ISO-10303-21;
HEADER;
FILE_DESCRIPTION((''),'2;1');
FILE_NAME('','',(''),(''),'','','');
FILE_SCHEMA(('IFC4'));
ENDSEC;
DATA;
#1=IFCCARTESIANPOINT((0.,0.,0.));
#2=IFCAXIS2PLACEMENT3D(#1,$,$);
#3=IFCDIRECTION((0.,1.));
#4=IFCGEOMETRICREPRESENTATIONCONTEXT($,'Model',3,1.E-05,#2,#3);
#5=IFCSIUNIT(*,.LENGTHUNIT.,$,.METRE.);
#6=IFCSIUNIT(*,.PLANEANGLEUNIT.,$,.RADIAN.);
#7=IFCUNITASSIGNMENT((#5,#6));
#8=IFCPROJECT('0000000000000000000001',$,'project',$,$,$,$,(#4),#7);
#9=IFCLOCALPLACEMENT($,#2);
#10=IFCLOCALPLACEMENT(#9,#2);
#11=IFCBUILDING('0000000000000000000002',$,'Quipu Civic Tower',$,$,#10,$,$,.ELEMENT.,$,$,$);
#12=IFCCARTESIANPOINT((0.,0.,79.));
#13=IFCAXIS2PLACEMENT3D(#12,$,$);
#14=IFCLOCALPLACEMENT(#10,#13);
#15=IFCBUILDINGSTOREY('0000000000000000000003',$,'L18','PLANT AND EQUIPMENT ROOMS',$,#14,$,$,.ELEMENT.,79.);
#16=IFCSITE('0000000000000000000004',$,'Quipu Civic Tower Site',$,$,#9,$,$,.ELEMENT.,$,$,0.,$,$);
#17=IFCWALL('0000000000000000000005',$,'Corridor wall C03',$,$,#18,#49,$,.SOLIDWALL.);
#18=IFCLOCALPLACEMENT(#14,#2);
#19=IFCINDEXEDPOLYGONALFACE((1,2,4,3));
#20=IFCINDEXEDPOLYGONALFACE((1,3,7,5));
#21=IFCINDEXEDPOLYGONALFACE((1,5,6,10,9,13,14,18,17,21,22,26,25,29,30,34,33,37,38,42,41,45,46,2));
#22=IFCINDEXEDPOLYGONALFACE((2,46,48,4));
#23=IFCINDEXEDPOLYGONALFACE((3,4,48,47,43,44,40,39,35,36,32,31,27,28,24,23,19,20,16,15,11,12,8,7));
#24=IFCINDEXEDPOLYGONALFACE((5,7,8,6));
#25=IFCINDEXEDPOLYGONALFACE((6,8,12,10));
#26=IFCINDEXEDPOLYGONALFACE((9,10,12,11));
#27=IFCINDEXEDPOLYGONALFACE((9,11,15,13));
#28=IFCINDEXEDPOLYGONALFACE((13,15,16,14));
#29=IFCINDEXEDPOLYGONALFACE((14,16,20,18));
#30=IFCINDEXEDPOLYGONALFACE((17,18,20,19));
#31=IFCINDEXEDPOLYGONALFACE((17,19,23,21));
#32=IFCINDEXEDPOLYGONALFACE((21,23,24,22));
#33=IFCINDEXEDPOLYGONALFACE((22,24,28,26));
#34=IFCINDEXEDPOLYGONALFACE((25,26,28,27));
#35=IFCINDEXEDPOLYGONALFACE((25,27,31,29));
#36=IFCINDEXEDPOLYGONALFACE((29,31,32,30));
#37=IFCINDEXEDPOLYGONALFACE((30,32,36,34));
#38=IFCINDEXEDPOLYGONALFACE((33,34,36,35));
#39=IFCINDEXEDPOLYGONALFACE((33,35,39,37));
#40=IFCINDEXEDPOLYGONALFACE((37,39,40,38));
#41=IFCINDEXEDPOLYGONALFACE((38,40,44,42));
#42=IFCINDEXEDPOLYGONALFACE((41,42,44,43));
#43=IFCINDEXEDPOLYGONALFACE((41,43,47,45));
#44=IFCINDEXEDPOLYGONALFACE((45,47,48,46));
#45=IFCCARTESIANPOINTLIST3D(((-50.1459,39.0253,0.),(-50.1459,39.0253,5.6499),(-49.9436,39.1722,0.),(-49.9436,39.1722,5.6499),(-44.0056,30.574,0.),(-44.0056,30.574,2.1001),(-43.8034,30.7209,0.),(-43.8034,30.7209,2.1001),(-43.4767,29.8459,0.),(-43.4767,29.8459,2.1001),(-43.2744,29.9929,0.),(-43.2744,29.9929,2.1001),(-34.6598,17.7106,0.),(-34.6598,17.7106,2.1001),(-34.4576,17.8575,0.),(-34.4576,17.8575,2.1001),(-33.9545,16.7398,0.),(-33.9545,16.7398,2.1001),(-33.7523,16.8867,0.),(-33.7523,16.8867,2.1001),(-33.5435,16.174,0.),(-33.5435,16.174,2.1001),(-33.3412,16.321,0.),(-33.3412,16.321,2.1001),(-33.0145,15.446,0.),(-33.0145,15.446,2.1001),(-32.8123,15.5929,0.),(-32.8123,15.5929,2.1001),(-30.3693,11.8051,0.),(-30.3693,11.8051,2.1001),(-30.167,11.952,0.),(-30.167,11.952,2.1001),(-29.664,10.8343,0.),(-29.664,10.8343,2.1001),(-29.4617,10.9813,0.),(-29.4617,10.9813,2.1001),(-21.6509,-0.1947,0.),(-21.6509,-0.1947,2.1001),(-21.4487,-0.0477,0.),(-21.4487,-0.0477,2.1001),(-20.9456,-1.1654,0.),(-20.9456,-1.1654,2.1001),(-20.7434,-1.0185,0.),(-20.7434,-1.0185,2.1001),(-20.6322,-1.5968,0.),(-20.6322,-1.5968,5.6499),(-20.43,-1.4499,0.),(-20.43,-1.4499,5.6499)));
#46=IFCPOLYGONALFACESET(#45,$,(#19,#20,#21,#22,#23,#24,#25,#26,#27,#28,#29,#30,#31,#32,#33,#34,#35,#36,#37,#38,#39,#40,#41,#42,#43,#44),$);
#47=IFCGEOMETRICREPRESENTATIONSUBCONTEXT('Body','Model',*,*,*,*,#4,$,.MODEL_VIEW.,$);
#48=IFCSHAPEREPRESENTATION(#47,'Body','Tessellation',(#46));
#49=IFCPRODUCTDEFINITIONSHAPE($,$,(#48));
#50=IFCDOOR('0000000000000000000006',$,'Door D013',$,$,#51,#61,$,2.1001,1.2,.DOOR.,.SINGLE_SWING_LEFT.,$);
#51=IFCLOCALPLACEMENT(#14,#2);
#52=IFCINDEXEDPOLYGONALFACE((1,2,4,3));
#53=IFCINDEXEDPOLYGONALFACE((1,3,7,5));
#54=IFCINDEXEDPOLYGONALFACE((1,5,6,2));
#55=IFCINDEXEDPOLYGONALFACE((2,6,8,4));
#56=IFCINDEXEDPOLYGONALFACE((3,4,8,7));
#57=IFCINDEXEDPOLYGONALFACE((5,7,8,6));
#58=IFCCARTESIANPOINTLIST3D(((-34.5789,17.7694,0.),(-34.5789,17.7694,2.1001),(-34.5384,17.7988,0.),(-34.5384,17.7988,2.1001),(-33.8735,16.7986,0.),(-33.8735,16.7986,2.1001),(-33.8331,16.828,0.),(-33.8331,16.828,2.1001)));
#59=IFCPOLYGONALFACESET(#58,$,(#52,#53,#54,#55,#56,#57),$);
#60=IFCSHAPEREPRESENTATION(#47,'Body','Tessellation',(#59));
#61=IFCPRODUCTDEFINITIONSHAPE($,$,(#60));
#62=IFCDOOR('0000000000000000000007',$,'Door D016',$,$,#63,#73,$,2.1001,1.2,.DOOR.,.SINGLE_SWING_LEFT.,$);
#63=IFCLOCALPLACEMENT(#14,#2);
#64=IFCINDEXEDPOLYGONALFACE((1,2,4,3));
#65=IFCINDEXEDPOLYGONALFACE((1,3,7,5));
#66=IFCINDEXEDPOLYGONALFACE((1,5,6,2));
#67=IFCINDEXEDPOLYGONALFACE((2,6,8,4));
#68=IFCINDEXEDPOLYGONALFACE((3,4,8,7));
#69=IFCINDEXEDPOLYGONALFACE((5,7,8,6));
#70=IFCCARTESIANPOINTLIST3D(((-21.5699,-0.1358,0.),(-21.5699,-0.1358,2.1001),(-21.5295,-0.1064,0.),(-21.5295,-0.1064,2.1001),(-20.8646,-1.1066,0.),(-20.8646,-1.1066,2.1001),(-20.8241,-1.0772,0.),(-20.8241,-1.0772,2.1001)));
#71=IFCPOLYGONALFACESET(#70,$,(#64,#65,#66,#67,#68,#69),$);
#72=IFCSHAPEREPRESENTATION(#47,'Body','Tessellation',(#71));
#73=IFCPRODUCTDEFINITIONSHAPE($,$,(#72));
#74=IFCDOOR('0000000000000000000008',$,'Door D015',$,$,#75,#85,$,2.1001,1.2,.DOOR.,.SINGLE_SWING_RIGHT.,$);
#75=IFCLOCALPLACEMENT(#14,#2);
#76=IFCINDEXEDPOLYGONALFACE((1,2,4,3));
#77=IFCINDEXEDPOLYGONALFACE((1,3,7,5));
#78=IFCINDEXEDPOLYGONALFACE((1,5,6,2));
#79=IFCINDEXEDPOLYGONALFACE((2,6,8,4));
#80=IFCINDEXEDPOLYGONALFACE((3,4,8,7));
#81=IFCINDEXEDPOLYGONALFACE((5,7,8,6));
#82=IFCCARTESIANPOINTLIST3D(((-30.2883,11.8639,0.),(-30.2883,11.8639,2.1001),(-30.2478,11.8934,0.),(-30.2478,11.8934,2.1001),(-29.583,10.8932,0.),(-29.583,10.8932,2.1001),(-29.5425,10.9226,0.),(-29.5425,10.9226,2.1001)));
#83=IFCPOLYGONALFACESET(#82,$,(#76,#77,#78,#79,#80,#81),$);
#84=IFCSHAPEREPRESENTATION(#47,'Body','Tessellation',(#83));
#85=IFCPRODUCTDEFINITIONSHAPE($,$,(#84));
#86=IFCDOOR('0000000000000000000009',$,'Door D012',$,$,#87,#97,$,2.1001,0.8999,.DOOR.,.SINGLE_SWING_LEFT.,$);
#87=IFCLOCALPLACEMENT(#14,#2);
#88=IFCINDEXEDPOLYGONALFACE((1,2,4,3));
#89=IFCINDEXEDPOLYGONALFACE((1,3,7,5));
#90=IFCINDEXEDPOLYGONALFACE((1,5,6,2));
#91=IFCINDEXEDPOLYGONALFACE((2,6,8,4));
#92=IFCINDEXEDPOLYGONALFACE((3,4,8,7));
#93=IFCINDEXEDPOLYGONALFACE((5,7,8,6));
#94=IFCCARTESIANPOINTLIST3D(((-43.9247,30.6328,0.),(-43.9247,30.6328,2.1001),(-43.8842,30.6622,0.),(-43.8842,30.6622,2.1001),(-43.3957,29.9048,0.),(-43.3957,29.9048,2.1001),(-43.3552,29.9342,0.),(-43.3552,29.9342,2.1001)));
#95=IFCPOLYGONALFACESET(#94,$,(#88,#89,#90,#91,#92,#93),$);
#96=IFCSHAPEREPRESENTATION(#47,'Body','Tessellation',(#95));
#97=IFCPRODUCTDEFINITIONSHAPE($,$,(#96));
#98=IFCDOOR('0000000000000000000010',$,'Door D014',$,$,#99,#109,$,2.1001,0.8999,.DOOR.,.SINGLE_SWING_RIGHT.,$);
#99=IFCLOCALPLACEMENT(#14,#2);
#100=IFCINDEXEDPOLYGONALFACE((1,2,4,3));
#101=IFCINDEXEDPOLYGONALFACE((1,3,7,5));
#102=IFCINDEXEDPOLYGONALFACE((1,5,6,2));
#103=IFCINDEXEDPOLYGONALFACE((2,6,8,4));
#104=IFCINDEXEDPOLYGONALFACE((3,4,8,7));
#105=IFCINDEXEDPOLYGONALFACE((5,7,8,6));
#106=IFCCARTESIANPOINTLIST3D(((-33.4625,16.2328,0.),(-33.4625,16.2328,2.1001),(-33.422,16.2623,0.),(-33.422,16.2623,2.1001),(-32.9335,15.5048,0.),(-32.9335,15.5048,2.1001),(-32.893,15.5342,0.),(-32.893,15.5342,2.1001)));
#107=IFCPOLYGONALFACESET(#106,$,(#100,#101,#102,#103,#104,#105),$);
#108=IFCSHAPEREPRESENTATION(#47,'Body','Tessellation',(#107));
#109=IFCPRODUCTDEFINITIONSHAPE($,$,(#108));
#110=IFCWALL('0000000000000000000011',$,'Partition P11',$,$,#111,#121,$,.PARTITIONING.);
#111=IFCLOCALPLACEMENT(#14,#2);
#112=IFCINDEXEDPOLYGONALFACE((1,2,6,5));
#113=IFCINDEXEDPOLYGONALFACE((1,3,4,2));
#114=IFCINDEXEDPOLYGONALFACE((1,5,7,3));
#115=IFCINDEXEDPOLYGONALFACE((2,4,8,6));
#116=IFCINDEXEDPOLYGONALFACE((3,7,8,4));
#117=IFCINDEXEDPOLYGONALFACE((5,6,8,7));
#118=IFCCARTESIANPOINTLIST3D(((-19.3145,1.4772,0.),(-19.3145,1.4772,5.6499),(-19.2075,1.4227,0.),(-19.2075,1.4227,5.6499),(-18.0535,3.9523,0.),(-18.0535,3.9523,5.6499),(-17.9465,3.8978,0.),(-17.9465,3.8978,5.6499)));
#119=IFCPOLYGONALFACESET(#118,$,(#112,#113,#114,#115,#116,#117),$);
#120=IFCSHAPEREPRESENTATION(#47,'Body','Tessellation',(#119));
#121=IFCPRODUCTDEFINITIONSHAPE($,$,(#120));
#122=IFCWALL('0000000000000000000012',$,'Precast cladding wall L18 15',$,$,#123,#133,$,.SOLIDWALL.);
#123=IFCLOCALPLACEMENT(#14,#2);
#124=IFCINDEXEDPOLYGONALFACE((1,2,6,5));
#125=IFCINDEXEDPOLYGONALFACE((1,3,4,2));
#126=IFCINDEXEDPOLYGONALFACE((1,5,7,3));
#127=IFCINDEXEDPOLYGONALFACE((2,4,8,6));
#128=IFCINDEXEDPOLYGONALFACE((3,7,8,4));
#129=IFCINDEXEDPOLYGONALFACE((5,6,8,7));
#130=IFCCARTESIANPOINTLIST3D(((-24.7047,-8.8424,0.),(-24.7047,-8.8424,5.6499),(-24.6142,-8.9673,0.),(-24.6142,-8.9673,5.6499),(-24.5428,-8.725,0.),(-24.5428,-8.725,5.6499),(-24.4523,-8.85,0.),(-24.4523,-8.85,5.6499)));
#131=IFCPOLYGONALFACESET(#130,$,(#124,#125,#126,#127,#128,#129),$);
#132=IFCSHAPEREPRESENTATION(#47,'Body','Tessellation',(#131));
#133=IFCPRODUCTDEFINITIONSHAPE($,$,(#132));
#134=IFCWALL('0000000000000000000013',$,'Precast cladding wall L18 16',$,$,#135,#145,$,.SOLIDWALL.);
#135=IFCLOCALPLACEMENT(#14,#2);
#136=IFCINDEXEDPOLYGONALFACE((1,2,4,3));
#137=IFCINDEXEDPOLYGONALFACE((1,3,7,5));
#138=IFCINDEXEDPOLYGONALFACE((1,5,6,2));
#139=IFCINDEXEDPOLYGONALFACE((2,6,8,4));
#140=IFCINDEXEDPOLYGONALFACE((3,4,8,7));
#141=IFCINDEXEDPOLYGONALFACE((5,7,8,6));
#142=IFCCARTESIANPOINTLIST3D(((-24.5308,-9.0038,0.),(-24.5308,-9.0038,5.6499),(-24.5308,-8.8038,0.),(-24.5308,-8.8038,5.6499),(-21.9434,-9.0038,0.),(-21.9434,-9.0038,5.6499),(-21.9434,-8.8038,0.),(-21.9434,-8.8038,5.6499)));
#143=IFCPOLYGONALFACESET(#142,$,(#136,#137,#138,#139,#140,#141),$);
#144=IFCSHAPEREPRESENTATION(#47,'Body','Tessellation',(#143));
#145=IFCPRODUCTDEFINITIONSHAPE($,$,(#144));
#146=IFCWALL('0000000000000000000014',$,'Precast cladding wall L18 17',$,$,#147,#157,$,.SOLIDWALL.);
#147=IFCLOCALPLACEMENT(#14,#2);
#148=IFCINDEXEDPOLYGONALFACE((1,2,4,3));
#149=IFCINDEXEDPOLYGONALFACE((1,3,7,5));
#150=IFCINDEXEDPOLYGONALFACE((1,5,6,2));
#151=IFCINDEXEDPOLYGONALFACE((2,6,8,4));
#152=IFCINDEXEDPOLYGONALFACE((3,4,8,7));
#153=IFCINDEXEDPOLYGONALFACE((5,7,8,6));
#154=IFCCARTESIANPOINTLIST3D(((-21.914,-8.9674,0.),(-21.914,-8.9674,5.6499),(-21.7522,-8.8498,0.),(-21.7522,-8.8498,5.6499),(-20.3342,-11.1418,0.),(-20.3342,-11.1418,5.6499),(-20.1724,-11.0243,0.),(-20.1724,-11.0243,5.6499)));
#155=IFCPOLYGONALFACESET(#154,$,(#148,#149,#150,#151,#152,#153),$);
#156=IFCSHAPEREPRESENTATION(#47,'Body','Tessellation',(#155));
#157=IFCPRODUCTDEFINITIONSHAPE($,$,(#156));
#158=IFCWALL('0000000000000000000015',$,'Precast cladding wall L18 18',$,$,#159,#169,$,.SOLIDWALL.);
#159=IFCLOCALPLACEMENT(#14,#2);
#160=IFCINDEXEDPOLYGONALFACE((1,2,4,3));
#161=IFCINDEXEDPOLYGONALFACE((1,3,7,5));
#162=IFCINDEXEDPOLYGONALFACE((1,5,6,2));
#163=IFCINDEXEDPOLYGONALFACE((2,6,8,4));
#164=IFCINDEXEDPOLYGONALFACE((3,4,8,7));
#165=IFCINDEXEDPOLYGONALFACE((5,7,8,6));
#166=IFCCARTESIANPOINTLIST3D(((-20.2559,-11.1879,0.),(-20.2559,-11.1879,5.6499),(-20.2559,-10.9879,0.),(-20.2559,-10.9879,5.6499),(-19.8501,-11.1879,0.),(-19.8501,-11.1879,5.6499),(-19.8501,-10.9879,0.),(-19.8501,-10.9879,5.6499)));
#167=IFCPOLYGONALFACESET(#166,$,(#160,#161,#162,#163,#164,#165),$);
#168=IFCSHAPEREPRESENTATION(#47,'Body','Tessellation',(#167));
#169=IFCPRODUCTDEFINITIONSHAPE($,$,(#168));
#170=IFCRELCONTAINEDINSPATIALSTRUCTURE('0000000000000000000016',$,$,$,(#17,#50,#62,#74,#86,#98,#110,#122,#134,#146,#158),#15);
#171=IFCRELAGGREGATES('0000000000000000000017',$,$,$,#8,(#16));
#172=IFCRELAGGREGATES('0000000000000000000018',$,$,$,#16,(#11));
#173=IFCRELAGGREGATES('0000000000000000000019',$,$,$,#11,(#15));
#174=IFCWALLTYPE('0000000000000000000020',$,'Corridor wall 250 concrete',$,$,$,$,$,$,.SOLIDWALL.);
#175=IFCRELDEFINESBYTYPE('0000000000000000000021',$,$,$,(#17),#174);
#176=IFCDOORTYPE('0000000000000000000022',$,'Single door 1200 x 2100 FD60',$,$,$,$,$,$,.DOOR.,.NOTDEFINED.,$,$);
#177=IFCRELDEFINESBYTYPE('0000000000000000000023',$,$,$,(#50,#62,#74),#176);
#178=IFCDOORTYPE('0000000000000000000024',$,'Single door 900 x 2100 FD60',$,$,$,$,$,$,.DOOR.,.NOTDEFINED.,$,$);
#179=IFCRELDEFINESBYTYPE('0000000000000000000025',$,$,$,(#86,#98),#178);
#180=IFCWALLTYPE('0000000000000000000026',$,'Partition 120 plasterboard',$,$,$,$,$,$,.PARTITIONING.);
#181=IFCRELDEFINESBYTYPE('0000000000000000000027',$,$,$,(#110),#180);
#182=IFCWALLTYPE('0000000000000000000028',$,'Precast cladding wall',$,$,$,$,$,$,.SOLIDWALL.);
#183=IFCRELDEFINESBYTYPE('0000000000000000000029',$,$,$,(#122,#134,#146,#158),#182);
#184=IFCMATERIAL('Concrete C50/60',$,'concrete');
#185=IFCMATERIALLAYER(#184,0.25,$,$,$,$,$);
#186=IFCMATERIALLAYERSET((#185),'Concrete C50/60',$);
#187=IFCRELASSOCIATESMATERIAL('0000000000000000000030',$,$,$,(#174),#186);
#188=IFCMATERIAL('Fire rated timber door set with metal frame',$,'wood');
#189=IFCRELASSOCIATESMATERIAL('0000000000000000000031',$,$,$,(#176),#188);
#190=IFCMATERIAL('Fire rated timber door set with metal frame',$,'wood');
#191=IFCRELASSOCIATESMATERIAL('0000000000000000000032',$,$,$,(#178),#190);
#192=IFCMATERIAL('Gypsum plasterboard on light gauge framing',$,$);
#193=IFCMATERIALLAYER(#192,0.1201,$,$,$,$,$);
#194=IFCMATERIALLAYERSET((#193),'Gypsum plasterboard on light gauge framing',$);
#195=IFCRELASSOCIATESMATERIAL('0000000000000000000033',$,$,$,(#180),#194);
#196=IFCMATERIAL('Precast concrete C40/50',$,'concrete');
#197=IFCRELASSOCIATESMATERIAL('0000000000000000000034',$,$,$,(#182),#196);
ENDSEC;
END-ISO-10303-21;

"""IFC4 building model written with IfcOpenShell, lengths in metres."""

from ifc_helpers import new_model, si_unit, direction, frame, frame_2d, origin, place, context, subcontext, project, spatial, rectangle, extrude, material, layer, layer_set, type_object, element, fill, save


model = new_model("IFC4")

# Units and contexts
model_context = context("Model", 3, precision=1e-05, world=origin(), true_north=direction((0.0, 1.0)))
body_context = subcontext(model_context, "Body", "Model", "MODEL_VIEW")
ifc_project = project(units=[si_unit("LENGTHUNIT", "METRE"), si_unit("PLANEANGLEUNIT", "RADIAN")], contexts=[model_context])

# Site, building, storey
site_placement = place(None, origin())
site = spatial("IfcSite", under=ifc_project, at=site_placement, Name="Quipu Civic Tower Site", CompositionType="ELEMENT", RefElevation=0.0)
building_placement = place(site_placement, origin())
building = spatial("IfcBuilding", under=site, at=building_placement, Name="Quipu Civic Tower", CompositionType="ELEMENT")
storey_placement = place(building_placement, frame((0.0, 0.0, 79.0)))
storey = spatial("IfcBuildingStorey", under=building, at=storey_placement, Name="L18", Description="PLANT AND EQUIPMENT ROOMS", CompositionType="ELEMENT", Elevation=79.0)

# Wall, openings, doors
ifc_material_1 = material(Name="Concrete C50/60", Category="concrete")
ifc_layer_1 = layer(ifc_material_1, 0.25)
ifc_layer_set_1 = layer_set([ifc_layer_1], Name="Concrete C50/60")
wall_type_1 = type_object("IfcWallType", Name="Corridor wall 250 concrete", PredefinedType="SOLIDWALL", material=ifc_layer_set_1)
wall_1_placement = place(storey_placement, frame((-20.531, -1.5234, 0.0), z_axis=(0.0, 0.0, 1.0), x_axis=(-0.587785, 0.809017, 0.0)))
wall_1 = element("IfcWall", 1, at=wall_1_placement, inside=storey, type_object=wall_type_1, Name="Corridor wall C03", PredefinedType="SOLIDWALL", context=body_context, shape_type="SweptSolid", body=[
    extrude(rectangle(XDim=50.2117, YDim=0.25, at=frame_2d((25.106, 0.0))), origin(), (0.0, 0.0, 1.0), 5.6499),
])
opening_1_placement = place(wall_1_placement, frame((22.6653, 0.0, 0.0)))
opening_1 = element("IfcOpeningElement", 2, at=opening_1_placement, cuts=wall_1, PredefinedType="OPENING", context=body_context, shape_type="SweptSolid", body=[
    extrude(rectangle(XDim=1.2, YDim=2.1001, at=frame_2d((0.6001, 1.05))), frame((0.0, 0.135, 0.0), z_axis=(0.0, -1.0, 0.0), x_axis=(1.0, 0.0, 0.0)), (0.0, 0.0, 1.0), 0.27),
])
opening_2_placement = place(wall_1_placement, frame((38.8655, 0.0, 0.0)))
opening_2 = element("IfcOpeningElement", 3, at=opening_2_placement, cuts=wall_1, PredefinedType="OPENING", context=body_context, shape_type="SweptSolid", body=[
    extrude(rectangle(XDim=0.8999, YDim=2.1001, at=frame_2d((0.45, 1.05))), frame((0.0, 0.135, 0.0), z_axis=(0.0, -1.0, 0.0), x_axis=(1.0, 0.0, 0.0)), (0.0, 0.0, 1.0), 0.27),
])
opening_3_placement = place(wall_1_placement, frame((0.5332, 0.0, 0.0)))
opening_3 = element("IfcOpeningElement", 4, at=opening_3_placement, cuts=wall_1, PredefinedType="OPENING", context=body_context, shape_type="SweptSolid", body=[
    extrude(rectangle(XDim=1.2, YDim=2.1001, at=frame_2d((0.6001, 1.05))), frame((0.0, 0.135, 0.0), z_axis=(0.0, -1.0, 0.0), x_axis=(1.0, 0.0, 0.0)), (0.0, 0.0, 1.0), 0.27),
])
opening_4_placement = place(wall_1_placement, frame((15.3657, 0.0, 0.0)))
opening_4 = element("IfcOpeningElement", 5, at=opening_4_placement, cuts=wall_1, PredefinedType="OPENING", context=body_context, shape_type="SweptSolid", body=[
    extrude(rectangle(XDim=1.2, YDim=2.1001, at=frame_2d((0.6001, 1.05))), frame((0.0, 0.135, 0.0), z_axis=(0.0, -1.0, 0.0), x_axis=(1.0, 0.0, 0.0)), (0.0, 0.0, 1.0), 0.27),
])
opening_5_placement = place(wall_1_placement, frame((21.0662, 0.0, 0.0)))
opening_5 = element("IfcOpeningElement", 6, at=opening_5_placement, cuts=wall_1, PredefinedType="OPENING", context=body_context, shape_type="SweptSolid", body=[
    extrude(rectangle(XDim=0.8999, YDim=2.1001, at=frame_2d((0.45, 1.05))), frame((0.0, 0.135, 0.0), z_axis=(0.0, -1.0, 0.0), x_axis=(1.0, 0.0, 0.0)), (0.0, 0.0, 1.0), 0.27),
])
ifc_material_2 = material(Name="Fire rated timber door set with metal frame", Category="wood")
door_type_1 = type_object("IfcDoorType", Name="Single door 1200 x 2100 FD60", OperationType="NOTDEFINED", PredefinedType="DOOR", material=ifc_material_2)
door_1_placement = place(opening_1_placement, origin())
door_1 = element("IfcDoor", 7, at=door_1_placement, inside=storey, type_object=door_type_1, Name="Door D013", OperationType="SINGLE_SWING_LEFT", OverallHeight=2.1001, OverallWidth=1.2, PredefinedType="DOOR", context=body_context, shape_type="SweptSolid", body=[
    extrude(rectangle(XDim=1.2, YDim=2.1001, at=frame_2d((0.6001, 1.05))), frame((0.0, 0.0249, 0.0), z_axis=(0.0, -1.0, 0.0), x_axis=(1.0, 0.0, 0.0)), (0.0, 0.0, 1.0), 0.05),
])
fill(opening_1, door_1)
door_2_placement = place(opening_3_placement, origin())
door_2 = element("IfcDoor", 8, at=door_2_placement, inside=storey, type_object=door_type_1, Name="Door D016", OperationType="SINGLE_SWING_LEFT", OverallHeight=2.1001, OverallWidth=1.2, PredefinedType="DOOR", context=body_context, shape_type="SweptSolid", body=[
    extrude(rectangle(XDim=1.2, YDim=2.1001, at=frame_2d((0.6001, 1.05))), frame((0.0, 0.0249, 0.0), z_axis=(0.0, -1.0, 0.0), x_axis=(1.0, 0.0, 0.0)), (0.0, 0.0, 1.0), 0.05),
])
fill(opening_3, door_2)
door_3_placement = place(opening_4_placement, origin())
door_3 = element("IfcDoor", 9, at=door_3_placement, inside=storey, type_object=door_type_1, Name="Door D015", OperationType="SINGLE_SWING_RIGHT", OverallHeight=2.1001, OverallWidth=1.2, PredefinedType="DOOR", context=body_context, shape_type="SweptSolid", body=[
    extrude(rectangle(XDim=1.2, YDim=2.1001, at=frame_2d((0.6001, 1.05))), frame((0.0, 0.0249, 0.0), z_axis=(0.0, -1.0, 0.0), x_axis=(1.0, 0.0, 0.0)), (0.0, 0.0, 1.0), 0.05),
])
fill(opening_4, door_3)
ifc_material_3 = material(Name="Fire rated timber door set with metal frame", Category="wood")
door_type_2 = type_object("IfcDoorType", Name="Single door 900 x 2100 FD60", OperationType="NOTDEFINED", PredefinedType="DOOR", material=ifc_material_3)
door_4_placement = place(opening_2_placement, origin())
door_4 = element("IfcDoor", 10, at=door_4_placement, inside=storey, type_object=door_type_2, Name="Door D012", OperationType="SINGLE_SWING_LEFT", OverallHeight=2.1001, OverallWidth=0.8999, PredefinedType="DOOR", context=body_context, shape_type="SweptSolid", body=[
    extrude(rectangle(XDim=0.8999, YDim=2.1001, at=frame_2d((0.45, 1.05))), frame((0.0, 0.0249, 0.0), z_axis=(0.0, -1.0, 0.0), x_axis=(1.0, 0.0, 0.0)), (0.0, 0.0, 1.0), 0.05),
])
fill(opening_2, door_4)
door_5_placement = place(opening_5_placement, origin())
door_5 = element("IfcDoor", 11, at=door_5_placement, inside=storey, type_object=door_type_2, Name="Door D014", OperationType="SINGLE_SWING_RIGHT", OverallHeight=2.1001, OverallWidth=0.8999, PredefinedType="DOOR", context=body_context, shape_type="SweptSolid", body=[
    extrude(rectangle(XDim=0.8999, YDim=2.1001, at=frame_2d((0.45, 1.05))), frame((0.0, 0.0249, 0.0), z_axis=(0.0, -1.0, 0.0), x_axis=(1.0, 0.0, 0.0)), (0.0, 0.0, 1.0), 0.05),
])
fill(opening_5, door_5)

# Walls
ifc_material_4 = material(Name="Gypsum plasterboard on light gauge framing")
ifc_layer_2 = layer(ifc_material_4, 0.1201)
ifc_layer_set_2 = layer_set([ifc_layer_2], Name="Gypsum plasterboard on light gauge framing")
wall_type_2 = type_object("IfcWallType", Name="Partition 120 plasterboard", PredefinedType="PARTITIONING", material=ifc_layer_set_2)
wall_2_placement = place(storey_placement, frame((-19.261, 1.45, 0.0), z_axis=(0.0, 0.0, 1.0), x_axis=(0.453951, 0.891027, 0.0)))
element("IfcWall", 12, at=wall_2_placement, inside=storey, type_object=wall_type_2, Name="Partition P11", PredefinedType="PARTITIONING", context=body_context, shape_type="SweptSolid", body=[
    extrude(rectangle(XDim=2.7778, YDim=0.1201, at=frame_2d((1.3889, 0.0))), origin(), (0.0, 0.0, 1.0), 5.6499),
])
ifc_material_5 = material(Name="Precast concrete C40/50", Category="concrete")
wall_type_3 = type_object("IfcWallType", Name="Precast cladding wall", PredefinedType="SOLIDWALL", material=ifc_material_5)
wall_3_placement = place(storey_placement, frame((-24.6238, -8.7837, 0.0), z_axis=(0.0, 0.0, 1.0), x_axis=(0.58676, -0.809761, 0.0)))
element("IfcWall", 13, at=wall_3_placement, inside=storey, type_object=wall_type_3, Name="Precast cladding wall L18 15", PredefinedType="SOLIDWALL", context=body_context, shape_type="SweptSolid", body=[
    extrude(rectangle(XDim=0.1543, YDim=0.2, at=frame_2d((0.0771, 0.0))), origin(), (0.0, 0.0, 1.0), 5.6499),
])
wall_4_placement = place(storey_placement, frame((-24.5308, -8.9038, 0.0), z_axis=(0.0, 0.0, 1.0), x_axis=(1.0, 0.0, 0.0)))
element("IfcWall", 14, at=wall_4_placement, inside=storey, type_object=wall_type_3, Name="Precast cladding wall L18 16", PredefinedType="SOLIDWALL", context=body_context, shape_type="SweptSolid", body=[
    extrude(rectangle(XDim=2.5874, YDim=0.2, at=frame_2d((1.2937, 0.0))), origin(), (0.0, 0.0, 1.0), 5.6499),
])
wall_5_placement = place(storey_placement, frame((-21.833, -8.9087, 0.0), z_axis=(0.0, 0.0, 1.0), x_axis=(0.587767, -0.809031, 0.0)))
element("IfcWall", 15, at=wall_5_placement, inside=storey, type_object=wall_type_3, Name="Precast cladding wall L18 17", PredefinedType="SOLIDWALL", context=body_context, shape_type="SweptSolid", body=[
    extrude(rectangle(XDim=2.6877, YDim=0.2, at=frame_2d((1.3438, 0.0))), origin(), (0.0, 0.0, 1.0), 5.6499),
])
wall_6_placement = place(storey_placement, frame((-20.2559, -11.0879, 0.0), z_axis=(0.0, 0.0, 1.0), x_axis=(1.0, 0.0, 0.0)))
element("IfcWall", 16, at=wall_6_placement, inside=storey, type_object=wall_type_3, Name="Precast cladding wall L18 18", PredefinedType="SOLIDWALL", context=body_context, shape_type="SweptSolid", body=[
    extrude(rectangle(XDim=0.4058, YDim=0.2, at=frame_2d((0.2029, 0.0))), origin(), (0.0, 0.0, 1.0), 5.6499),
])

save(model, "model.ifc")
